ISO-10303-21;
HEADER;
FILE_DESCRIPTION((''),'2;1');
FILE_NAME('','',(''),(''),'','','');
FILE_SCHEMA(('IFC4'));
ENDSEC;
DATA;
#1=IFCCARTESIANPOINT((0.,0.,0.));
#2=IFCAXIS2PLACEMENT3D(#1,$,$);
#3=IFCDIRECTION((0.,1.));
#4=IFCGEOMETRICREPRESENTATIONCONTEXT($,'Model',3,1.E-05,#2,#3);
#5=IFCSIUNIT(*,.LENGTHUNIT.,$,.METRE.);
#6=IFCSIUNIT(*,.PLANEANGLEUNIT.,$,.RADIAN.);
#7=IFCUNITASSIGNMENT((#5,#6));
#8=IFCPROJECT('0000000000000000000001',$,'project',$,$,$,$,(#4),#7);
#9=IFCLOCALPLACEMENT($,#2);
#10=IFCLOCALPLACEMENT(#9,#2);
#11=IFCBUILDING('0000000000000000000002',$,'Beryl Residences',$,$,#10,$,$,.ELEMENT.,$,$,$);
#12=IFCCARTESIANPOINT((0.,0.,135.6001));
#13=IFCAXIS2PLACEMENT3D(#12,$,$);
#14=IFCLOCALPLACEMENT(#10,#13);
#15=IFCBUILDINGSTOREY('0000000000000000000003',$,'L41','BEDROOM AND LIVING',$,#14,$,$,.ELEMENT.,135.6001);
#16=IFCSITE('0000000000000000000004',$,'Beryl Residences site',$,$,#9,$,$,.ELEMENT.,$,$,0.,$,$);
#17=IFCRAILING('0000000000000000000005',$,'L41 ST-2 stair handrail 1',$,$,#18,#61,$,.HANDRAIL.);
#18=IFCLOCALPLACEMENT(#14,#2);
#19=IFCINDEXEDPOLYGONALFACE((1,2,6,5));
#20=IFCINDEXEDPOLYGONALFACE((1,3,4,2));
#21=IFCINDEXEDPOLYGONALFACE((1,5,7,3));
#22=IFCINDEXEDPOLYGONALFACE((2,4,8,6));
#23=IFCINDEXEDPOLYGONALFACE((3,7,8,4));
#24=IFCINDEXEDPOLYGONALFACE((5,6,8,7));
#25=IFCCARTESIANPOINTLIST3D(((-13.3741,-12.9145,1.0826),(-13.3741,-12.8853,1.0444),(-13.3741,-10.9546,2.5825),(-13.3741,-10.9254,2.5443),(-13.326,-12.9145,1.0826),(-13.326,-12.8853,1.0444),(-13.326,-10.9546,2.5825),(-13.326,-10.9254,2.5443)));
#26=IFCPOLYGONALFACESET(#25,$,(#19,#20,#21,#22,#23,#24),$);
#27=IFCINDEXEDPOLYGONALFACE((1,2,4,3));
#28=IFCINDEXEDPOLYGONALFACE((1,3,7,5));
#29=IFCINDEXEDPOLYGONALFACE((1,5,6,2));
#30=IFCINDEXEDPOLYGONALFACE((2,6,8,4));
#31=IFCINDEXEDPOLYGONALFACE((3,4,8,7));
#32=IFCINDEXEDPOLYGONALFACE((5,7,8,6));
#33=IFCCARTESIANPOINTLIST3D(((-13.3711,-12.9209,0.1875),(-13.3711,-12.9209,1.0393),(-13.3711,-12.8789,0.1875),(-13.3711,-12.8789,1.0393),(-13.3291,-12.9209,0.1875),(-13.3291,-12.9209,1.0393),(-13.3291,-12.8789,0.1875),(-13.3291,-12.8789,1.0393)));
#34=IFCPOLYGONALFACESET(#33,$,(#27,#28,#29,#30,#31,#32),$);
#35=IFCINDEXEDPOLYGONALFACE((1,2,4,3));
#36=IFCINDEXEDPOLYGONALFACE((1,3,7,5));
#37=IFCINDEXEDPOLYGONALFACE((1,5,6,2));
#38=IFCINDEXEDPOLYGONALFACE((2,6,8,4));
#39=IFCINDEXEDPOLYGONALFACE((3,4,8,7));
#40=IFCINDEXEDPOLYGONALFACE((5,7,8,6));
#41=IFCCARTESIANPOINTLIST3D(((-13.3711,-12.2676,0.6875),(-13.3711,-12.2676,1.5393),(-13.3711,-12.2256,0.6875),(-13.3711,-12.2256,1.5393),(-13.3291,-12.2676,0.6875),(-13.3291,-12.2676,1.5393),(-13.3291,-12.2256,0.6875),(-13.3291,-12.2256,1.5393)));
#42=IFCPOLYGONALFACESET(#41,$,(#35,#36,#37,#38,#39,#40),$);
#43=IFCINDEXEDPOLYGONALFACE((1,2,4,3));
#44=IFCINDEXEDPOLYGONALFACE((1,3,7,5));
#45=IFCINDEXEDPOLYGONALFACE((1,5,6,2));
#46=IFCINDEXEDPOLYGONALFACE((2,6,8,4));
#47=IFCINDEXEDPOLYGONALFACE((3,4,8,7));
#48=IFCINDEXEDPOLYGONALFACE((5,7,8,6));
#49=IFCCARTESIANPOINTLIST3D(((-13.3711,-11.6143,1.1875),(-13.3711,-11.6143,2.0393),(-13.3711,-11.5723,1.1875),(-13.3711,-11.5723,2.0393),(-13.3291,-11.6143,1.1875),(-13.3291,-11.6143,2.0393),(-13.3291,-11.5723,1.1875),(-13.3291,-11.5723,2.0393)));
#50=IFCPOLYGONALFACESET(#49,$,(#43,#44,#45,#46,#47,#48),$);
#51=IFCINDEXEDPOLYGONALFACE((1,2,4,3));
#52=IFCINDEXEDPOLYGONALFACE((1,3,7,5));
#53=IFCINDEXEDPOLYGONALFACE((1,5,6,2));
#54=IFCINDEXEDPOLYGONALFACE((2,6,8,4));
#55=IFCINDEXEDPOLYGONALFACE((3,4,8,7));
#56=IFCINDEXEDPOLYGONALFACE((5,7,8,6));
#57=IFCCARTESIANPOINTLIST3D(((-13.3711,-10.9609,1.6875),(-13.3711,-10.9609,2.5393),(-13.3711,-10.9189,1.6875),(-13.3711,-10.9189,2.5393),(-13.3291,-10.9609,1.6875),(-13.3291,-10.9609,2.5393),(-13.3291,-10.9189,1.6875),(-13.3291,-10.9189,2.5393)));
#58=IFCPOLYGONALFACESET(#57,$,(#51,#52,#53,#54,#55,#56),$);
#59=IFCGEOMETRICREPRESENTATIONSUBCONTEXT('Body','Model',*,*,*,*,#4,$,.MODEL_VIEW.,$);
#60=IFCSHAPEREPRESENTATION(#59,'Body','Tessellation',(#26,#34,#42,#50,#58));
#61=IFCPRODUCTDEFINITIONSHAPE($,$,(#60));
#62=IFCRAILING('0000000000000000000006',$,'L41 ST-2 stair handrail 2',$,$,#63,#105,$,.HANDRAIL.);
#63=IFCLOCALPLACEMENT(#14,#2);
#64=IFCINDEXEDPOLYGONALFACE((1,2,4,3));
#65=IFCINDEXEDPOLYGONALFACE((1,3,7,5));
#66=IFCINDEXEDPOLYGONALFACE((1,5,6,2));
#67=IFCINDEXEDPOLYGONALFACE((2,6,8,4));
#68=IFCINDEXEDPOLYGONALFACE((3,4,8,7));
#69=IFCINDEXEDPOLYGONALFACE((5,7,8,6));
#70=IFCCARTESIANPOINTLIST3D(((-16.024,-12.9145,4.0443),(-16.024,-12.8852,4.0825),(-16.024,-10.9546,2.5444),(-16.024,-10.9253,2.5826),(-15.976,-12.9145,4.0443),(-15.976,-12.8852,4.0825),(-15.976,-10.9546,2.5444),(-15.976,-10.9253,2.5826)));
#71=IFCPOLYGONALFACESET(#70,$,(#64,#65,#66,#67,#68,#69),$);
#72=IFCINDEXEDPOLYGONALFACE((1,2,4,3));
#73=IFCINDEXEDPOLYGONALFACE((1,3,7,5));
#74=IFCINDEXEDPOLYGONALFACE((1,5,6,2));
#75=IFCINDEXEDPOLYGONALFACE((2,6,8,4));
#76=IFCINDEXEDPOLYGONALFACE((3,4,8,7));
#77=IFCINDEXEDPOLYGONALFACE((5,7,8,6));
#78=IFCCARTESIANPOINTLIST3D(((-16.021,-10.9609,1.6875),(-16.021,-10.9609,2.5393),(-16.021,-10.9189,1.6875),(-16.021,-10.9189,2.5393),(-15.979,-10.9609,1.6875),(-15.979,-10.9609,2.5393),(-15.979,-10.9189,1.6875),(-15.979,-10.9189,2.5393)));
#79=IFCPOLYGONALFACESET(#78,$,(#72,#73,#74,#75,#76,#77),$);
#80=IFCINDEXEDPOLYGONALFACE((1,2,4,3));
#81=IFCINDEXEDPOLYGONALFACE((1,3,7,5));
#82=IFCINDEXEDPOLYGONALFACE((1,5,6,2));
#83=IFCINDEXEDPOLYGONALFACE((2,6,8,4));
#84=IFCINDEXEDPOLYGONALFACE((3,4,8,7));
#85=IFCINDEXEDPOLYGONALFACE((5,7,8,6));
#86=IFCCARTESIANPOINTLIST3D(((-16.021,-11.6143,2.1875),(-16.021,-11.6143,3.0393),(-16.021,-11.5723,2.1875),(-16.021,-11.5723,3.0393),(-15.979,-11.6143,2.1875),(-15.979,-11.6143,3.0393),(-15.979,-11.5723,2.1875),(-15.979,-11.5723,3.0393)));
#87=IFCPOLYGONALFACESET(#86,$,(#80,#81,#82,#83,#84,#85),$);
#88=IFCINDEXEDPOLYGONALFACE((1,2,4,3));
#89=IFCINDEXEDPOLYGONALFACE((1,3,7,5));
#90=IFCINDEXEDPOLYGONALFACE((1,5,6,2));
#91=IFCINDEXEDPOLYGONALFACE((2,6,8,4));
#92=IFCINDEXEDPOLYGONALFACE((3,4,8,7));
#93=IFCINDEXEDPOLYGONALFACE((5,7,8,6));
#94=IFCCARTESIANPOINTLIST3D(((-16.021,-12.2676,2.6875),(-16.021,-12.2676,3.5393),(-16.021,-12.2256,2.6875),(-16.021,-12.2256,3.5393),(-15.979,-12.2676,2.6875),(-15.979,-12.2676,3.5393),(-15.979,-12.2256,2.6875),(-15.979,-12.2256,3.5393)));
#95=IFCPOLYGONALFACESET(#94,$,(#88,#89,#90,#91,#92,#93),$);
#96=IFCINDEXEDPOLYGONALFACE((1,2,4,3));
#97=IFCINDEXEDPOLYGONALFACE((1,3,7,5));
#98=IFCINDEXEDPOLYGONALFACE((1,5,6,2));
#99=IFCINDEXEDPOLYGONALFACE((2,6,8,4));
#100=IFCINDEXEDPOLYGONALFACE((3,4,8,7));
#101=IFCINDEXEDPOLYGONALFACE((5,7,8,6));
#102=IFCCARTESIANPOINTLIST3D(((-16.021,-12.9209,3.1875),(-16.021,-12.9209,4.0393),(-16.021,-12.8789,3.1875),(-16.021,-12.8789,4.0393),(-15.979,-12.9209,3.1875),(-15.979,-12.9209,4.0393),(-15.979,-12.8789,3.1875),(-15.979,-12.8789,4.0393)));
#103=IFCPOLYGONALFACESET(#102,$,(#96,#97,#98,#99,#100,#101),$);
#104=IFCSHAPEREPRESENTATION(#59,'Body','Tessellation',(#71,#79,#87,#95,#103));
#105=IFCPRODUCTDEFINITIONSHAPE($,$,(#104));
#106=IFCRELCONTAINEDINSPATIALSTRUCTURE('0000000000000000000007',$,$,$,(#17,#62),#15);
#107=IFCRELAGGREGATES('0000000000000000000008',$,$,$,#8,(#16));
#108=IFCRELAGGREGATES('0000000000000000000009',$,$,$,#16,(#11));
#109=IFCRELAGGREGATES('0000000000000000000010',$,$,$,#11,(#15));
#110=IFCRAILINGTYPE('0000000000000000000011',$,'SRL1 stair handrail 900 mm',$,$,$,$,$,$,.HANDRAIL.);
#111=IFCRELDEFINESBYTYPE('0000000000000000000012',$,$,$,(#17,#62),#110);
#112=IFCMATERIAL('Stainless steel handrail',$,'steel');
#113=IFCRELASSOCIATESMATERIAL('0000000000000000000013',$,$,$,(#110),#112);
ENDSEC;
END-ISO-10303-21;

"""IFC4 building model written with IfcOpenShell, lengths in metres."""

from ifc_helpers import new_model, si_unit, direction, frame, origin, origin_2d, place, context, subcontext, project, spatial, rectangle, extrude, material, type_object, element, save


model = new_model("IFC4")

# Units and contexts
model_context = context("Model", 3, precision=1e-05, world=origin(), true_north=direction((0.0, 1.0)))
body_context = subcontext(model_context, "Body", "Model", "MODEL_VIEW")
ifc_project = project(units=[si_unit("LENGTHUNIT", "METRE"), si_unit("PLANEANGLEUNIT", "RADIAN")], contexts=[model_context])

# Site, building, storey
site_placement = place(None, origin())
site = spatial("IfcSite", under=ifc_project, at=site_placement, Name="Beryl Residences site", CompositionType="ELEMENT", RefElevation=0.0)
building_placement = place(site_placement, origin())
building = spatial("IfcBuilding", under=site, at=building_placement, Name="Beryl Residences", CompositionType="ELEMENT")
storey_placement = place(building_placement, frame((0.0, 0.0, 135.6001)))
storey = spatial("IfcBuildingStorey", under=building, at=storey_placement, Name="L41", Description="BEDROOM AND LIVING", CompositionType="ELEMENT", Elevation=135.6001)

# Railings
ifc_material_1 = material(Name="Stainless steel handrail", Category="steel")
railing_type_1 = type_object("IfcRailingType", Name="SRL1 stair handrail 900 mm", PredefinedType="HANDRAIL", material=ifc_material_1)
railing_1_placement = place(storey_placement, frame((-13.3501, -12.8999, 0.1875)))
element("IfcRailing", 1, at=railing_1_placement, inside=storey, type_object=railing_type_1, Name="L41 ST-2 stair handrail 1", PredefinedType="HANDRAIL", context=body_context, shape_type="SweptSolid", body=[
    extrude(rectangle(XDim=0.0481, YDim=0.0481, at=origin_2d()), frame((0.0, 0.0, 0.876), z_axis=(0.0, 0.794122, 0.607758), x_axis=(-1.0, 0.0, 0.0)), (0.0, 0.0, 1.0), 2.468),
    extrude(rectangle(XDim=0.042, YDim=0.042, at=origin_2d()), origin(), (0.0, 0.0, 1.0), 0.8518),
    extrude(rectangle(XDim=0.042, YDim=0.042, at=origin_2d()), frame((0.0, 0.6533, 0.5)), (0.0, 0.0, 1.0), 0.8518),
    extrude(rectangle(XDim=0.042, YDim=0.042, at=origin_2d()), frame((0.0, 1.3066, 1.0)), (0.0, 0.0, 1.0), 0.8518),
    extrude(rectangle(XDim=0.042, YDim=0.042, at=origin_2d()), frame((0.0, 1.96, 1.5)), (0.0, 0.0, 1.0), 0.8518),
])
railing_2_placement = place(storey_placement, frame((-16.0, -10.9399, 1.6875)))
element("IfcRailing", 2, at=railing_2_placement, inside=storey, type_object=railing_type_1, Name="L41 ST-2 stair handrail 2", PredefinedType="HANDRAIL", context=body_context, shape_type="SweptSolid", body=[
    extrude(rectangle(XDim=0.0481, YDim=0.0481, at=origin_2d()), frame((0.0, 0.0, 0.876), z_axis=(0.0, -0.794122, 0.607758), x_axis=(1.0, 0.0, 0.0)), (0.0, 0.0, 1.0), 2.468),
    extrude(rectangle(XDim=0.042, YDim=0.042, at=origin_2d()), origin(), (0.0, 0.0, 1.0), 0.8518),
    extrude(rectangle(XDim=0.042, YDim=0.042, at=origin_2d()), frame((0.0, -0.6533, 0.5)), (0.0, 0.0, 1.0), 0.8518),
    extrude(rectangle(XDim=0.042, YDim=0.042, at=origin_2d()), frame((0.0, -1.3066, 1.0)), (0.0, 0.0, 1.0), 0.8518),
    extrude(rectangle(XDim=0.042, YDim=0.042, at=origin_2d()), frame((0.0, -1.96, 1.5)), (0.0, 0.0, 1.0), 0.8518),
])

save(model, "model.ifc")
